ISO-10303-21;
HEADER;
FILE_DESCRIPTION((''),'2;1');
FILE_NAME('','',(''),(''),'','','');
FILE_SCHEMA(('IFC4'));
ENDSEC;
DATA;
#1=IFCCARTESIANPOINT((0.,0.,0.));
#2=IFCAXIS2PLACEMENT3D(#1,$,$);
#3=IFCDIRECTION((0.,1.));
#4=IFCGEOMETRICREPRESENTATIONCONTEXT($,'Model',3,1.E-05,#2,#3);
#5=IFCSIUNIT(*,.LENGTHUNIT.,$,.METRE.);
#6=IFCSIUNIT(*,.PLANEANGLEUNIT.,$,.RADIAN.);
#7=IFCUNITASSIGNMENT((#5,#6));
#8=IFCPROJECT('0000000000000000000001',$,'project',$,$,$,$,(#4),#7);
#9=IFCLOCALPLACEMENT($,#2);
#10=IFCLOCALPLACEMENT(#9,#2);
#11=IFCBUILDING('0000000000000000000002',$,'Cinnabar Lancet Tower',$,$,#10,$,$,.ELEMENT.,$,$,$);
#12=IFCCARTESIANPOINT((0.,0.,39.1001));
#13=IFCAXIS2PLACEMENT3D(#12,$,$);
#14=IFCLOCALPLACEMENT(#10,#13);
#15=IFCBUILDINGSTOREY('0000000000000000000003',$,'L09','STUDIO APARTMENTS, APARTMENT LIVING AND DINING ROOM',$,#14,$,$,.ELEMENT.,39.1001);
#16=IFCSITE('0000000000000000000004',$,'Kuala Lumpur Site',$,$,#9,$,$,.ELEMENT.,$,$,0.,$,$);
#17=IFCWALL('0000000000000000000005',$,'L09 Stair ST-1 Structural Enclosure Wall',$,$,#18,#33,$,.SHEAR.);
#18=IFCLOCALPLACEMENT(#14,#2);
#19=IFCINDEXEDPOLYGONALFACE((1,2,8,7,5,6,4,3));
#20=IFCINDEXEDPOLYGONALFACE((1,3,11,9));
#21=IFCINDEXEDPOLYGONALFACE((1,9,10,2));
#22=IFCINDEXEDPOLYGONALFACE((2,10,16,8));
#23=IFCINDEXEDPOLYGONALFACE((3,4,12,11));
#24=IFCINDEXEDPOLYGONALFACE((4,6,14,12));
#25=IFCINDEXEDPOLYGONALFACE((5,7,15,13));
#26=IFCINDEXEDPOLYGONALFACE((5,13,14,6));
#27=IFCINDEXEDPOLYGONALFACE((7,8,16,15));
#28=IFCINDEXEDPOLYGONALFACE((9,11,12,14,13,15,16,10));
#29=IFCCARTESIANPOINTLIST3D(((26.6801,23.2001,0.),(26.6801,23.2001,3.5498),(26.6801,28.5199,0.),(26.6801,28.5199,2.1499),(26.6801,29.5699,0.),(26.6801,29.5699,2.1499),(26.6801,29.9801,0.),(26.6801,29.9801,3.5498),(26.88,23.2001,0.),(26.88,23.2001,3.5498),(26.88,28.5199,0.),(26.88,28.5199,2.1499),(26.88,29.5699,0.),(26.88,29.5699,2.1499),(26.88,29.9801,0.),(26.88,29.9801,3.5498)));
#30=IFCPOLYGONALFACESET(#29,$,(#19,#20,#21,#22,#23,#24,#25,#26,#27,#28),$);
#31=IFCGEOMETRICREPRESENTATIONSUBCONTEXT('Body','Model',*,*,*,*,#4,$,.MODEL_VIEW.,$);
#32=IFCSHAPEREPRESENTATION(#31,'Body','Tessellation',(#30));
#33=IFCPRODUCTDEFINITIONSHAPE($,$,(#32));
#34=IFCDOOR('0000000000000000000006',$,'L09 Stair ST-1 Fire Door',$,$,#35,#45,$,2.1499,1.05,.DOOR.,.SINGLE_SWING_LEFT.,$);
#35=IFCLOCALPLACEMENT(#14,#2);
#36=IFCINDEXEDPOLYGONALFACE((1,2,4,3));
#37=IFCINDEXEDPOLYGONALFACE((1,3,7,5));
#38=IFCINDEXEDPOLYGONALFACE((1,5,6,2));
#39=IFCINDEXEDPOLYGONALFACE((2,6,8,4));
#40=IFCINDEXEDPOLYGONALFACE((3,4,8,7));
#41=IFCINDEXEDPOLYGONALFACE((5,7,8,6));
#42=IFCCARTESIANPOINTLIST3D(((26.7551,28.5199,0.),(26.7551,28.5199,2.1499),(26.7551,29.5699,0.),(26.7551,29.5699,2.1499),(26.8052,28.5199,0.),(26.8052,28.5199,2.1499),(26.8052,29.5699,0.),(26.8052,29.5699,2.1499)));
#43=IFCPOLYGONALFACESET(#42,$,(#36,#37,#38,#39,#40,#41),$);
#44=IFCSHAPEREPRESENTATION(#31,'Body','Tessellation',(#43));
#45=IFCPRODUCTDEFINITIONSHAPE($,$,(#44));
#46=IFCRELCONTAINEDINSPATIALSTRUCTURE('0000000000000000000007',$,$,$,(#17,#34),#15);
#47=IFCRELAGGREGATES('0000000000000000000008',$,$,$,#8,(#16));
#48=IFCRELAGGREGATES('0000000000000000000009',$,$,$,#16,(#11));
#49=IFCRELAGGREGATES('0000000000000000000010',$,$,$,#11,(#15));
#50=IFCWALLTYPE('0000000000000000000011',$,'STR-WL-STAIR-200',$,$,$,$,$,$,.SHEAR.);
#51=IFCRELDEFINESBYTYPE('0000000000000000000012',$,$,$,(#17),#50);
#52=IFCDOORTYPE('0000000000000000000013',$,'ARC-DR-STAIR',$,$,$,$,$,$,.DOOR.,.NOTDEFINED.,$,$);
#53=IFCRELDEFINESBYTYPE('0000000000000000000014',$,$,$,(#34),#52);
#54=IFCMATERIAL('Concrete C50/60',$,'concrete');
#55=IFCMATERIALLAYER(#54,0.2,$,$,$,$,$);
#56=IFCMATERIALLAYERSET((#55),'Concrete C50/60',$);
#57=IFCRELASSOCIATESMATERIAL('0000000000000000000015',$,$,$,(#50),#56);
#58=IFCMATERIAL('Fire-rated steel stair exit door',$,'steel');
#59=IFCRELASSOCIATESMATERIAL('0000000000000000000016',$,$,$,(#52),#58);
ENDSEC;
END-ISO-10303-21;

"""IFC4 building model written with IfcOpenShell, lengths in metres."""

from ifc_helpers import new_model, si_unit, direction, frame, frame_2d, origin, place, context, subcontext, project, spatial, rectangle, extrude, material, layer, layer_set, type_object, element, fill, save


model = new_model("IFC4")

# Units and contexts
model_context = context("Model", 3, precision=1e-05, world=origin(), true_north=direction((0.0, 1.0)))
body_context = subcontext(model_context, "Body", "Model", "MODEL_VIEW")
ifc_project = project(units=[si_unit("LENGTHUNIT", "METRE"), si_unit("PLANEANGLEUNIT", "RADIAN")], contexts=[model_context])

# Site, building, storey
site_placement = place(None, origin())
site = spatial("IfcSite", under=ifc_project, at=site_placement, Name="Kuala Lumpur Site", CompositionType="ELEMENT", RefElevation=0.0)
building_placement = place(site_placement, origin())
building = spatial("IfcBuilding", under=site, at=building_placement, Name="Cinnabar Lancet Tower", CompositionType="ELEMENT")
storey_placement = place(building_placement, frame((0.0, 0.0, 39.1001)))
storey = spatial("IfcBuildingStorey", under=building, at=storey_placement, Name="L09", Description="STUDIO APARTMENTS, APARTMENT LIVING AND DINING ROOM", CompositionType="ELEMENT", Elevation=39.1001)

# Wall, opening, door
ifc_material_1 = material(Name="Concrete C50/60", Category="concrete")
ifc_layer_1 = layer(ifc_material_1, 0.2)
ifc_layer_set_1 = layer_set([ifc_layer_1], Name="Concrete C50/60")
wall_type_1 = type_object("IfcWallType", Name="STR-WL-STAIR-200", PredefinedType="SHEAR", material=ifc_layer_set_1)
wall_1_placement = place(storey_placement, frame((26.78, 23.2, 0.0), z_axis=(0.0, 0.0, 1.0), x_axis=(0.0, 1.0, 0.0)))
wall_1 = element("IfcWall", 1, at=wall_1_placement, inside=storey, type_object=wall_type_1, Name="L09 Stair ST-1 Structural Enclosure Wall", PredefinedType="SHEAR", context=body_context, shape_type="SweptSolid", body=[
    extrude(rectangle(XDim=6.78, YDim=0.2, at=frame_2d((3.3901, 0.0))), origin(), (0.0, 0.0, 1.0), 3.5498),
])
opening_1_placement = place(wall_1_placement, frame((5.3201, 0.0, 0.0)))
opening_1 = element("IfcOpeningElement", 2, at=opening_1_placement, cuts=wall_1, PredefinedType="OPENING", context=body_context, shape_type="SweptSolid", body=[
    extrude(rectangle(XDim=1.05, YDim=2.1499, at=frame_2d((0.5249, 1.075))), frame((0.0, 0.1099, 0.0), z_axis=(0.0, -1.0, 0.0), x_axis=(1.0, 0.0, 0.0)), (0.0, 0.0, 1.0), 0.22),
])
ifc_material_2 = material(Name="Fire-rated steel stair exit door", Category="steel")
door_type_1 = type_object("IfcDoorType", Name="ARC-DR-STAIR", OperationType="NOTDEFINED", PredefinedType="DOOR", material=ifc_material_2)
door_1_placement = place(opening_1_placement, origin())
door_1 = element("IfcDoor", 3, at=door_1_placement, inside=storey, type_object=door_type_1, Name="L09 Stair ST-1 Fire Door", OperationType="SINGLE_SWING_LEFT", OverallHeight=2.1499, OverallWidth=1.05, PredefinedType="DOOR", context=body_context, shape_type="SweptSolid", body=[
    extrude(rectangle(XDim=1.05, YDim=2.1499, at=frame_2d((0.5249, 1.075))), frame((0.0, 0.0249, 0.0), z_axis=(0.0, -1.0, 0.0), x_axis=(1.0, 0.0, 0.0)), (0.0, 0.0, 1.0), 0.05),
])
fill(opening_1, door_1)

save(model, "model.ifc")
